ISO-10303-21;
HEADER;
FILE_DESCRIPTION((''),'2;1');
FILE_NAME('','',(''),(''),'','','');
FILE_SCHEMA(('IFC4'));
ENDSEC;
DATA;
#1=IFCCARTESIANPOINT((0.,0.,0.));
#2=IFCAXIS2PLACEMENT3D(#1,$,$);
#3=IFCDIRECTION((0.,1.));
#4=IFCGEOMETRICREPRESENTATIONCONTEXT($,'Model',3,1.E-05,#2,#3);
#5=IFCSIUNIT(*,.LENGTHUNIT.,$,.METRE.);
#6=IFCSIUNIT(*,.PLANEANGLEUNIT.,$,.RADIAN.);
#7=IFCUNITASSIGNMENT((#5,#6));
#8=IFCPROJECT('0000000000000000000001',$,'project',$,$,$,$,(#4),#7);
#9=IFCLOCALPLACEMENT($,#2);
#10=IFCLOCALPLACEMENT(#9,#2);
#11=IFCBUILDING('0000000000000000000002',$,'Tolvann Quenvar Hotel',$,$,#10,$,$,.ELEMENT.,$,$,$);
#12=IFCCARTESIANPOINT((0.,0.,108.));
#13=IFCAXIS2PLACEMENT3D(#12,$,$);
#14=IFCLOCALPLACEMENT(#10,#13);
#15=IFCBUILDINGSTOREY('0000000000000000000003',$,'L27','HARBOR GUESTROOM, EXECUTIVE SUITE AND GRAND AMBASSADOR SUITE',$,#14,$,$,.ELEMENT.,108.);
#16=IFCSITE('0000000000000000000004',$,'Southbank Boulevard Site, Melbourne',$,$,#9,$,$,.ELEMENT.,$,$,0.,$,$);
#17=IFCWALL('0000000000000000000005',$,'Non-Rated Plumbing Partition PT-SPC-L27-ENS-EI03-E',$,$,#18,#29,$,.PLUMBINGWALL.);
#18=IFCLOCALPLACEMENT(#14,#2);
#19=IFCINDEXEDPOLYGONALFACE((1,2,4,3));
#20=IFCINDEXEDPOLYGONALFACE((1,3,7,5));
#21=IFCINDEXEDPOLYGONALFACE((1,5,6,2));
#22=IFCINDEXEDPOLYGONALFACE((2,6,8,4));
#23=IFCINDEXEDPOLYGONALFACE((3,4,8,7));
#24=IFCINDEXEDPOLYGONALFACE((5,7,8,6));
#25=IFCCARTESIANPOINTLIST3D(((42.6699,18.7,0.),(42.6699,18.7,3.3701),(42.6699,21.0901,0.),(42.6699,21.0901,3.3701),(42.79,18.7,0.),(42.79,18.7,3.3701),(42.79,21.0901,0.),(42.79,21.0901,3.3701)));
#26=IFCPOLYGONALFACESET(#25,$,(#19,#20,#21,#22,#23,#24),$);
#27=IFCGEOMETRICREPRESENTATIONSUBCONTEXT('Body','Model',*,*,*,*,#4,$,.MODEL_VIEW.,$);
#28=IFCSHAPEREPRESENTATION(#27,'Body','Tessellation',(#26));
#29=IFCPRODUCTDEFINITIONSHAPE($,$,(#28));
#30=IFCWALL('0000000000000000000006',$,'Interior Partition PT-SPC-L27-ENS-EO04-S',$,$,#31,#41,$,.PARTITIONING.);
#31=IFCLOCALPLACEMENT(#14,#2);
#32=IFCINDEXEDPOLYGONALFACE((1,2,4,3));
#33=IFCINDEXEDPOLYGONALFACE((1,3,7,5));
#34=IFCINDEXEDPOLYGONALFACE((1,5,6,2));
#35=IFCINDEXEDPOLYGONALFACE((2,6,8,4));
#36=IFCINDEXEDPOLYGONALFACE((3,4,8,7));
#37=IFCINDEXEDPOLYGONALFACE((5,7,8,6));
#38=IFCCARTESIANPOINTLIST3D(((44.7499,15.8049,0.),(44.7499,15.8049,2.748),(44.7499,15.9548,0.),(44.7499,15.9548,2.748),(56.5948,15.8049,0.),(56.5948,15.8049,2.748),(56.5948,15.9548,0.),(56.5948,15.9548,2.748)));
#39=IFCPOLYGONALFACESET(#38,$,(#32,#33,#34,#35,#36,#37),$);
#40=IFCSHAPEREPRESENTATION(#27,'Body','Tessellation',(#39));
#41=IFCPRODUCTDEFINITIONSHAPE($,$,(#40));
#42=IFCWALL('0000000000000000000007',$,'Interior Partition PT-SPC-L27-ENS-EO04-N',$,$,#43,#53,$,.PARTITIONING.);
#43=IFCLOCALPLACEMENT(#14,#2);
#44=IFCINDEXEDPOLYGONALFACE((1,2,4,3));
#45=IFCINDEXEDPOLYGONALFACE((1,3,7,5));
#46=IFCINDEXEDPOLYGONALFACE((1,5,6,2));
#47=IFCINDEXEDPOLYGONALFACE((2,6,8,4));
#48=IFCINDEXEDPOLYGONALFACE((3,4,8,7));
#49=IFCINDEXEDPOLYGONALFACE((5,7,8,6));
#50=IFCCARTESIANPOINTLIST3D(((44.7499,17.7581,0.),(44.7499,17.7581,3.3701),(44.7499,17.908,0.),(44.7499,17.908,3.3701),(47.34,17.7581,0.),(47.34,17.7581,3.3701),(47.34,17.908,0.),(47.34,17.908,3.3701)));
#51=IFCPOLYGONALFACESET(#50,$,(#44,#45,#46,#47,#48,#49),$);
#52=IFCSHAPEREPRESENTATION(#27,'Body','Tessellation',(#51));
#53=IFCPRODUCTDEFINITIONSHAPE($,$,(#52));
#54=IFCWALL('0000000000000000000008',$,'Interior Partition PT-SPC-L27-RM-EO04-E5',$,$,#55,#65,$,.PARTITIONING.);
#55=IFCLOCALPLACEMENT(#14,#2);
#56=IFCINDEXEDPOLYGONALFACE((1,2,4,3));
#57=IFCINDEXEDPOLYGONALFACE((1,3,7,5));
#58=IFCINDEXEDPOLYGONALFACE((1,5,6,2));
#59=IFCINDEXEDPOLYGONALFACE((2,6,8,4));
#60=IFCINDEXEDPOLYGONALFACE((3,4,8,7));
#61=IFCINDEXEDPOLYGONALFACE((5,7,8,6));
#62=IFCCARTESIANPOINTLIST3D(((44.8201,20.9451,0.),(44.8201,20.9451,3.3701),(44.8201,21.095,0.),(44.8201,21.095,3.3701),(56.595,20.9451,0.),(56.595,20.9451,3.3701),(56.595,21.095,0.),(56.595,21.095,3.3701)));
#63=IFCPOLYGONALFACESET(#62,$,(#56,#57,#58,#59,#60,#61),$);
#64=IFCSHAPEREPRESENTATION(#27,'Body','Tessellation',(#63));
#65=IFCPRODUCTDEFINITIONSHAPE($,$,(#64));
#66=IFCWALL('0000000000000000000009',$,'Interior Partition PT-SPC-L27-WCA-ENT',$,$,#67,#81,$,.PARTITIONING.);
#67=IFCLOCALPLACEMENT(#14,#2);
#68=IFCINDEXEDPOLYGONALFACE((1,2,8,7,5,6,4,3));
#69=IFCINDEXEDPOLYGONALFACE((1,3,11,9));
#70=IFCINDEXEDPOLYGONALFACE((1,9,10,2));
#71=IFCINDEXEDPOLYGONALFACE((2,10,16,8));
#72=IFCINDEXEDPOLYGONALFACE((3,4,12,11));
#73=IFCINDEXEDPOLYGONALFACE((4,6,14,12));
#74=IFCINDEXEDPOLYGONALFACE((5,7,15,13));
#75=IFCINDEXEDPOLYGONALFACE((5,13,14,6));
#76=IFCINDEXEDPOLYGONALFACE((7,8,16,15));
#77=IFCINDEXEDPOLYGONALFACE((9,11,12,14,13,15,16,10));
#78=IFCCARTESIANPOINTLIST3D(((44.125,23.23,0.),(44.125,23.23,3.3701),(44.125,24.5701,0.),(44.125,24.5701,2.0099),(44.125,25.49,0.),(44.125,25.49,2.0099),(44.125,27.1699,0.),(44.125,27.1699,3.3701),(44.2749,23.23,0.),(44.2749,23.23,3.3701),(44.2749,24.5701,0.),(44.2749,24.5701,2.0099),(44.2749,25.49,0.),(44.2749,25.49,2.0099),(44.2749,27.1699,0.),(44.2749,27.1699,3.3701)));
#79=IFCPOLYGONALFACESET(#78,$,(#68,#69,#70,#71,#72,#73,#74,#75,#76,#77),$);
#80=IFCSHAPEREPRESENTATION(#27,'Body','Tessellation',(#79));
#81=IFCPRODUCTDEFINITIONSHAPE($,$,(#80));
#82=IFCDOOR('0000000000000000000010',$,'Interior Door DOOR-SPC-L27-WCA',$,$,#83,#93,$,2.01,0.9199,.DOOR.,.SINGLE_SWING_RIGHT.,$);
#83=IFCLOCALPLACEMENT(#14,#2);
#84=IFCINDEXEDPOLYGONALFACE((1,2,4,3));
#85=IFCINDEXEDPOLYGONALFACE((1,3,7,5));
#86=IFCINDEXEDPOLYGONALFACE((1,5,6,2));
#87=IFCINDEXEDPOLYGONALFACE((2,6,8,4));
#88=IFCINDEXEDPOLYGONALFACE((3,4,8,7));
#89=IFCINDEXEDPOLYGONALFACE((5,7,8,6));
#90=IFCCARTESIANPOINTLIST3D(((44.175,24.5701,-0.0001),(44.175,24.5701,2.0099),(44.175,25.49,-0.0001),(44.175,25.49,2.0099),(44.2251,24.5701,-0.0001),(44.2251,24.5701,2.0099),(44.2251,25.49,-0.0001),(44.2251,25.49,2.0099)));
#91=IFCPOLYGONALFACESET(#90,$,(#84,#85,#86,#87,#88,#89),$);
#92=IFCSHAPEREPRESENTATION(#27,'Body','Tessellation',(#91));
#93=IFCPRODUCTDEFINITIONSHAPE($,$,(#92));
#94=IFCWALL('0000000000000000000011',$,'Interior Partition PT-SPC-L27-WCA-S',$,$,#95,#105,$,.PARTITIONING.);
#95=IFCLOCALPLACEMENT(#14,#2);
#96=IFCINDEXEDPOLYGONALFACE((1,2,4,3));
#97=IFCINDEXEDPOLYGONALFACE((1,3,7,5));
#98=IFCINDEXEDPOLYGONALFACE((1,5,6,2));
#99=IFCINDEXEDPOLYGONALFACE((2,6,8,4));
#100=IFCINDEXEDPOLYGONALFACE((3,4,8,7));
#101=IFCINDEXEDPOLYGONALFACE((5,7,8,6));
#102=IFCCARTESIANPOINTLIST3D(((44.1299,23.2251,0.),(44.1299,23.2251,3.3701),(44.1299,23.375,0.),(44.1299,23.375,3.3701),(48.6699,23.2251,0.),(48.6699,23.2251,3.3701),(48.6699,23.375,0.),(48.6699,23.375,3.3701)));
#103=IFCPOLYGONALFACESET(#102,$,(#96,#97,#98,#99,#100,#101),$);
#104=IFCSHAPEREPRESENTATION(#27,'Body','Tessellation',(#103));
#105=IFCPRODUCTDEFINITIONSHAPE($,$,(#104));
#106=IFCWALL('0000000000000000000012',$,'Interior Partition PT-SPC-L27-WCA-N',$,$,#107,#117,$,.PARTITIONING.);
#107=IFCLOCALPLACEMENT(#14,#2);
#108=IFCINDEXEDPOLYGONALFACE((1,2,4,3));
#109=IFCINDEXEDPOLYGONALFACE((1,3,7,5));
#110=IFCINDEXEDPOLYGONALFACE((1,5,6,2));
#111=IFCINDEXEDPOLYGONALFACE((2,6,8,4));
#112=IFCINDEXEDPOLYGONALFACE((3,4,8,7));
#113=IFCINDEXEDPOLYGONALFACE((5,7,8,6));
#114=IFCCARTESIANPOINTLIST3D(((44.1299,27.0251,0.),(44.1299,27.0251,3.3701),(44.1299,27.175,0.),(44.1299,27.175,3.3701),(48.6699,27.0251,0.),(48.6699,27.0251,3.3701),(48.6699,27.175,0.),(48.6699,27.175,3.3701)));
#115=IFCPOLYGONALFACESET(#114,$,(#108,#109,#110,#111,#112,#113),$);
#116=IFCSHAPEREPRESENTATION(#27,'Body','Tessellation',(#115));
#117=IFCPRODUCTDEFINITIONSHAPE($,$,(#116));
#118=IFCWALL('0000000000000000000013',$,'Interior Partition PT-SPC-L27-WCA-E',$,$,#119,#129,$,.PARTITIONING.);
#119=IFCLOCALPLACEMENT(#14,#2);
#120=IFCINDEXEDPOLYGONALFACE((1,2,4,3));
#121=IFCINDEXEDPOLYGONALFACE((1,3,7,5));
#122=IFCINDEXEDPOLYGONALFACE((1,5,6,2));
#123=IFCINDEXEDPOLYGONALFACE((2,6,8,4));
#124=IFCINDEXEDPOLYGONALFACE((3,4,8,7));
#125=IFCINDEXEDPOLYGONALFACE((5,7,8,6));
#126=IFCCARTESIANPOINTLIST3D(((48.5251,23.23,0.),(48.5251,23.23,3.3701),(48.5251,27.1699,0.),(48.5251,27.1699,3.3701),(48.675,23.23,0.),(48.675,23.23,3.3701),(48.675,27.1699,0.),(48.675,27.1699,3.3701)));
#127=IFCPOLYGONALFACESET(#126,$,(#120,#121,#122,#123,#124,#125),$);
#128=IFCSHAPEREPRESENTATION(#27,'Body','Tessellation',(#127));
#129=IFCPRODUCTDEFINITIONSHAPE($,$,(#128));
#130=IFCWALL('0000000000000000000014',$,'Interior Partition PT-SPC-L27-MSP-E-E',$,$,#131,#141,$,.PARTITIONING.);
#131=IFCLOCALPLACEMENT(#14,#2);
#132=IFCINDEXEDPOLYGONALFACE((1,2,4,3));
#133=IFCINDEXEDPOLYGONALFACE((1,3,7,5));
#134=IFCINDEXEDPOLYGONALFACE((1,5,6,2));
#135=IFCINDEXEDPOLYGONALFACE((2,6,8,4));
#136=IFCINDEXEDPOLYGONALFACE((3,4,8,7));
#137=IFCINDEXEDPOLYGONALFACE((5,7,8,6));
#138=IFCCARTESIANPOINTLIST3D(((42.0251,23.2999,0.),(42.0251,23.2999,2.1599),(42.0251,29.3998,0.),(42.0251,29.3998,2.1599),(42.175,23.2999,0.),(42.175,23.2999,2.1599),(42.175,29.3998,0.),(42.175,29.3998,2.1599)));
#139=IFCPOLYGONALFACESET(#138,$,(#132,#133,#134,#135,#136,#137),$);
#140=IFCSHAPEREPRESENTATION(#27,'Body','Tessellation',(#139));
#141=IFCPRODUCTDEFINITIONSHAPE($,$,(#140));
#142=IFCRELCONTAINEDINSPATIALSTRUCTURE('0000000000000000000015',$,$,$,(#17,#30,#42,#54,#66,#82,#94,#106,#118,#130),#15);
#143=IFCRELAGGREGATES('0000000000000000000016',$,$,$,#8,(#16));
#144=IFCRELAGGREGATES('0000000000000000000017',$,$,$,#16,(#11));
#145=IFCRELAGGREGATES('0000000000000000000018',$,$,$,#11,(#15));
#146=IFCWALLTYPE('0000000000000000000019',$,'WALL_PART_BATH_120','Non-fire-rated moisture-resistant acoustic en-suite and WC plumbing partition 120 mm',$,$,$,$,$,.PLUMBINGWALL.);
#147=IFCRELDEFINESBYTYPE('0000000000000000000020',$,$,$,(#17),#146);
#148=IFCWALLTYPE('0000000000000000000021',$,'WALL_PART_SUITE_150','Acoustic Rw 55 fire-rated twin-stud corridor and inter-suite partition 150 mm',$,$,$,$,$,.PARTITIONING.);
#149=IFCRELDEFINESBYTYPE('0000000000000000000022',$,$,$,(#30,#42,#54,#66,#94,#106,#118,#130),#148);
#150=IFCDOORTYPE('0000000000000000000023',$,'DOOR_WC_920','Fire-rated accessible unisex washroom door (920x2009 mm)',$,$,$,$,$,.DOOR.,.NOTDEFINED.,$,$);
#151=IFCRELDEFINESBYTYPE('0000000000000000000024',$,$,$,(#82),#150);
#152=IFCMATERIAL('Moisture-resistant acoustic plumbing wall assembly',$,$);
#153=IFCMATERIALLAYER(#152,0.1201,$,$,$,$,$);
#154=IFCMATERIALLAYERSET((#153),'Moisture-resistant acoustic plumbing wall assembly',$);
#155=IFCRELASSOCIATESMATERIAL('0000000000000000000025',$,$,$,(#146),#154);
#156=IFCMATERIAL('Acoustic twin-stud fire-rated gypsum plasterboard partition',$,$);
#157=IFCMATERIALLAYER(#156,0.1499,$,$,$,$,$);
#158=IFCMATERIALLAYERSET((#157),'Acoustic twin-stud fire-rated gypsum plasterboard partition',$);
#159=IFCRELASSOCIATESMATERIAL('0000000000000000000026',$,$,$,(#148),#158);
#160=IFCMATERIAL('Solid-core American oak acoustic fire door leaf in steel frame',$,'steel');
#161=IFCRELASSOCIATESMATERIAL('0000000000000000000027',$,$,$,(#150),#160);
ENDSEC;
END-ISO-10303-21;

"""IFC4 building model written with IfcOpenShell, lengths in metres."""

from ifc_helpers import new_model, si_unit, direction, frame, frame_2d, origin, place, context, subcontext, project, spatial, rectangle, extrude, source, transform, mapped, material, layer, layer_set, type_object, type_shapes, element, fill, save


model = new_model("IFC4")

# Units and contexts
model_context = context("Model", 3, precision=1e-05, world=origin(), true_north=direction((0.0, 1.0)))
body_context = subcontext(model_context, "Body", "Model", "MODEL_VIEW")
ifc_project = project(units=[si_unit("LENGTHUNIT", "METRE"), si_unit("PLANEANGLEUNIT", "RADIAN")], contexts=[model_context])

# Site, building, storey
site_placement = place(None, origin())
site = spatial("IfcSite", under=ifc_project, at=site_placement, Name="Southbank Boulevard Site, Melbourne", CompositionType="ELEMENT", RefElevation=0.0)
building_placement = place(site_placement, origin())
building = spatial("IfcBuilding", under=site, at=building_placement, Name="Tolvann Quenvar Hotel", CompositionType="ELEMENT")
storey_placement = place(building_placement, frame((0.0, 0.0, 108.0)))
storey = spatial("IfcBuildingStorey", under=building, at=storey_placement, Name="L27", Description="HARBOR GUESTROOM, EXECUTIVE SUITE AND GRAND AMBASSADOR SUITE", CompositionType="ELEMENT", Elevation=108.0)

# Walls
ifc_material_1 = material(Name="Moisture-resistant acoustic plumbing wall assembly")
ifc_layer_1 = layer(ifc_material_1, 0.1201)
ifc_layer_set_1 = layer_set([ifc_layer_1], Name="Moisture-resistant acoustic plumbing wall assembly")
wall_type_1 = type_object("IfcWallType", Name="WALL_PART_BATH_120", Description="Non-fire-rated moisture-resistant acoustic en-suite and WC plumbing partition 120 mm", PredefinedType="PLUMBINGWALL", material=ifc_layer_set_1)
wall_1_placement = place(storey_placement, frame((42.73, 18.7, 0.0), z_axis=(0.0, 0.0, 1.0), x_axis=(0.0, 1.0, 0.0)))
element("IfcWall", 1, at=wall_1_placement, inside=storey, type_object=wall_type_1, Name="Non-Rated Plumbing Partition PT-SPC-L27-ENS-EI03-E", PredefinedType="PLUMBINGWALL", context=body_context, shape_type="SweptSolid", body=[
    extrude(rectangle(XDim=2.3901, YDim=0.1201, at=frame_2d((1.1951, 0.0))), origin(), (0.0, 0.0, 1.0), 3.3701),
])
ifc_material_2 = material(Name="Acoustic twin-stud fire-rated gypsum plasterboard partition")
ifc_layer_2 = layer(ifc_material_2, 0.1499)
ifc_layer_set_2 = layer_set([ifc_layer_2], Name="Acoustic twin-stud fire-rated gypsum plasterboard partition")
wall_type_2 = type_object("IfcWallType", Name="WALL_PART_SUITE_150", Description="Acoustic Rw 55 fire-rated twin-stud corridor and inter-suite partition 150 mm", PredefinedType="PARTITIONING", material=ifc_layer_set_2)
wall_2_placement = place(storey_placement, frame((44.75, 15.8799, 0.0), z_axis=(0.0, 0.0, 1.0), x_axis=(1.0, 0.0, 0.0)))
element("IfcWall", 2, at=wall_2_placement, inside=storey, type_object=wall_type_2, Name="Interior Partition PT-SPC-L27-ENS-EO04-S", PredefinedType="PARTITIONING", context=body_context, shape_type="SweptSolid", body=[
    extrude(rectangle(XDim=11.845, YDim=0.1499, at=frame_2d((5.9224, 0.0))), origin(), (0.0, 0.0, 1.0), 2.748),
])
wall_3_placement = place(storey_placement, frame((44.75, 17.833, 0.0), z_axis=(0.0, 0.0, 1.0), x_axis=(1.0, 0.0, 0.0)))
element("IfcWall", 3, at=wall_3_placement, inside=storey, type_object=wall_type_2, Name="Interior Partition PT-SPC-L27-ENS-EO04-N", PredefinedType="PARTITIONING", context=body_context, shape_type="SweptSolid", body=[
    extrude(rectangle(XDim=2.5901, YDim=0.1499, at=frame_2d((1.2949, 0.0))), origin(), (0.0, 0.0, 1.0), 3.3701),
])

# Shared definitions
ifc_material_3 = material(Name="Solid-core American oak acoustic fire door leaf in steel frame", Category="steel")

# Wall
wall_4_placement = place(storey_placement, frame((44.8201, 21.02, 0.0), z_axis=(0.0, 0.0, 1.0), x_axis=(1.0, 0.0, 0.0)))
element("IfcWall", 4, at=wall_4_placement, inside=storey, type_object=wall_type_2, Name="Interior Partition PT-SPC-L27-RM-EO04-E5", PredefinedType="PARTITIONING", context=body_context, shape_type="SweptSolid", body=[
    extrude(rectangle(XDim=11.7749, YDim=0.1499, at=frame_2d((5.8875, 0.0))), origin(), (0.0, 0.0, 1.0), 3.3701),
])

# Wall, opening, door
wall_5_placement = place(storey_placement, frame((44.2, 23.23, 0.0), z_axis=(0.0, 0.0, 1.0), x_axis=(0.0, 1.0, 0.0)))
wall_5 = element("IfcWall", 5, at=wall_5_placement, inside=storey, type_object=wall_type_2, Name="Interior Partition PT-SPC-L27-WCA-ENT", PredefinedType="PARTITIONING", context=body_context, shape_type="SweptSolid", body=[
    extrude(rectangle(XDim=3.9399, YDim=0.1499, at=frame_2d((1.97, 0.0))), origin(), (0.0, 0.0, 1.0), 3.3701),
])
opening_1_placement = place(wall_5_placement, frame((1.3401, 0.0, 0.0)))
opening_1 = element("IfcOpeningElement", 6, at=opening_1_placement, cuts=wall_5, PredefinedType="OPENING", context=body_context, shape_type="SweptSolid", body=[
    extrude(rectangle(XDim=0.9199, YDim=2.01, at=frame_2d((0.46, 1.0049))), frame((0.0, 0.085, 0.0), z_axis=(0.0, -1.0, 0.0), x_axis=(1.0, 0.0, 0.0)), (0.0, 0.0, 1.0), 0.1699),
])
door_type_1 = type_object("IfcDoorType", Name="DOOR_WC_920", Description="Fire-rated accessible unisex washroom door (920x2009 mm)", OperationType="NOTDEFINED", PredefinedType="DOOR", material=ifc_material_3)
shared_shape_1 = source(origin(), body_context, "Body", "SweptSolid", [
    extrude(rectangle(XDim=0.9199, YDim=2.01, at=frame_2d((0.46, 1.0049))), frame((0.0, 0.0249, 0.0), z_axis=(0.0, -1.0, 0.0), x_axis=(1.0, 0.0, 0.0)), (0.0, 0.0, 1.0), 0.05),
])
type_shapes(door_type_1, [shared_shape_1])
door_1_placement = place(opening_1_placement, origin())
door_1 = element("IfcDoor", 7, at=door_1_placement, inside=storey, type_object=door_type_1, Name="Interior Door DOOR-SPC-L27-WCA", OperationType="SINGLE_SWING_RIGHT", OverallHeight=2.01, OverallWidth=0.9199, PredefinedType="DOOR", context=body_context, shape_type="MappedRepresentation", body=[
    mapped(shared_shape_1, transform((0.0, 0.0, 0.0), x_axis=(1.0, 0.0, 0.0), y_axis=(0.0, 1.0, 0.0), z_axis=(0.0, 0.0, 1.0), scale=1.0)),
])
fill(opening_1, door_1)

# Walls
for number, where, z_axis, x_axis, name in (
    (8, (44.1299, 23.3, 0.0), (0.0, 0.0, 1.0), (1.0, 0.0, 0.0), "Interior Partition PT-SPC-L27-WCA-S"),
    (9, (44.1299, 27.1001, 0.0), (0.0, 0.0, 1.0), (1.0, 0.0, 0.0), "Interior Partition PT-SPC-L27-WCA-N"),
):
    element("IfcWall", number, at=place(storey_placement, frame(where, z_axis=z_axis, x_axis=x_axis)), inside=storey, type_object=wall_type_2, Name=name, PredefinedType="PARTITIONING", context=body_context, shape_type="SweptSolid", body=[
        extrude(rectangle(XDim=4.54, YDim=0.1499, at=frame_2d((2.27, 0.0))), origin(), (0.0, 0.0, 1.0), 3.3701),
    ])
wall_6_placement = place(storey_placement, frame((48.6001, 23.23, 0.0), z_axis=(0.0, 0.0, 1.0), x_axis=(0.0, 1.0, 0.0)))
element("IfcWall", 10, at=wall_6_placement, inside=storey, type_object=wall_type_2, Name="Interior Partition PT-SPC-L27-WCA-E", PredefinedType="PARTITIONING", context=body_context, shape_type="SweptSolid", body=[
    extrude(rectangle(XDim=3.9399, YDim=0.1499, at=frame_2d((1.97, 0.0))), origin(), (0.0, 0.0, 1.0), 3.3701),
])
wall_7_placement = place(storey_placement, frame((42.1001, 23.3, 0.0), z_axis=(0.0, 0.0, 1.0), x_axis=(0.0, 1.0, 0.0)))
element("IfcWall", 11, at=wall_7_placement, inside=storey, type_object=wall_type_2, Name="Interior Partition PT-SPC-L27-MSP-E-E", PredefinedType="PARTITIONING", context=body_context, shape_type="SweptSolid", body=[
    extrude(rectangle(XDim=6.0999, YDim=0.1499, at=frame_2d((3.0498, 0.0))), origin(), (0.0, 0.0, 1.0), 2.1599),
])

save(model, "model.ifc")
